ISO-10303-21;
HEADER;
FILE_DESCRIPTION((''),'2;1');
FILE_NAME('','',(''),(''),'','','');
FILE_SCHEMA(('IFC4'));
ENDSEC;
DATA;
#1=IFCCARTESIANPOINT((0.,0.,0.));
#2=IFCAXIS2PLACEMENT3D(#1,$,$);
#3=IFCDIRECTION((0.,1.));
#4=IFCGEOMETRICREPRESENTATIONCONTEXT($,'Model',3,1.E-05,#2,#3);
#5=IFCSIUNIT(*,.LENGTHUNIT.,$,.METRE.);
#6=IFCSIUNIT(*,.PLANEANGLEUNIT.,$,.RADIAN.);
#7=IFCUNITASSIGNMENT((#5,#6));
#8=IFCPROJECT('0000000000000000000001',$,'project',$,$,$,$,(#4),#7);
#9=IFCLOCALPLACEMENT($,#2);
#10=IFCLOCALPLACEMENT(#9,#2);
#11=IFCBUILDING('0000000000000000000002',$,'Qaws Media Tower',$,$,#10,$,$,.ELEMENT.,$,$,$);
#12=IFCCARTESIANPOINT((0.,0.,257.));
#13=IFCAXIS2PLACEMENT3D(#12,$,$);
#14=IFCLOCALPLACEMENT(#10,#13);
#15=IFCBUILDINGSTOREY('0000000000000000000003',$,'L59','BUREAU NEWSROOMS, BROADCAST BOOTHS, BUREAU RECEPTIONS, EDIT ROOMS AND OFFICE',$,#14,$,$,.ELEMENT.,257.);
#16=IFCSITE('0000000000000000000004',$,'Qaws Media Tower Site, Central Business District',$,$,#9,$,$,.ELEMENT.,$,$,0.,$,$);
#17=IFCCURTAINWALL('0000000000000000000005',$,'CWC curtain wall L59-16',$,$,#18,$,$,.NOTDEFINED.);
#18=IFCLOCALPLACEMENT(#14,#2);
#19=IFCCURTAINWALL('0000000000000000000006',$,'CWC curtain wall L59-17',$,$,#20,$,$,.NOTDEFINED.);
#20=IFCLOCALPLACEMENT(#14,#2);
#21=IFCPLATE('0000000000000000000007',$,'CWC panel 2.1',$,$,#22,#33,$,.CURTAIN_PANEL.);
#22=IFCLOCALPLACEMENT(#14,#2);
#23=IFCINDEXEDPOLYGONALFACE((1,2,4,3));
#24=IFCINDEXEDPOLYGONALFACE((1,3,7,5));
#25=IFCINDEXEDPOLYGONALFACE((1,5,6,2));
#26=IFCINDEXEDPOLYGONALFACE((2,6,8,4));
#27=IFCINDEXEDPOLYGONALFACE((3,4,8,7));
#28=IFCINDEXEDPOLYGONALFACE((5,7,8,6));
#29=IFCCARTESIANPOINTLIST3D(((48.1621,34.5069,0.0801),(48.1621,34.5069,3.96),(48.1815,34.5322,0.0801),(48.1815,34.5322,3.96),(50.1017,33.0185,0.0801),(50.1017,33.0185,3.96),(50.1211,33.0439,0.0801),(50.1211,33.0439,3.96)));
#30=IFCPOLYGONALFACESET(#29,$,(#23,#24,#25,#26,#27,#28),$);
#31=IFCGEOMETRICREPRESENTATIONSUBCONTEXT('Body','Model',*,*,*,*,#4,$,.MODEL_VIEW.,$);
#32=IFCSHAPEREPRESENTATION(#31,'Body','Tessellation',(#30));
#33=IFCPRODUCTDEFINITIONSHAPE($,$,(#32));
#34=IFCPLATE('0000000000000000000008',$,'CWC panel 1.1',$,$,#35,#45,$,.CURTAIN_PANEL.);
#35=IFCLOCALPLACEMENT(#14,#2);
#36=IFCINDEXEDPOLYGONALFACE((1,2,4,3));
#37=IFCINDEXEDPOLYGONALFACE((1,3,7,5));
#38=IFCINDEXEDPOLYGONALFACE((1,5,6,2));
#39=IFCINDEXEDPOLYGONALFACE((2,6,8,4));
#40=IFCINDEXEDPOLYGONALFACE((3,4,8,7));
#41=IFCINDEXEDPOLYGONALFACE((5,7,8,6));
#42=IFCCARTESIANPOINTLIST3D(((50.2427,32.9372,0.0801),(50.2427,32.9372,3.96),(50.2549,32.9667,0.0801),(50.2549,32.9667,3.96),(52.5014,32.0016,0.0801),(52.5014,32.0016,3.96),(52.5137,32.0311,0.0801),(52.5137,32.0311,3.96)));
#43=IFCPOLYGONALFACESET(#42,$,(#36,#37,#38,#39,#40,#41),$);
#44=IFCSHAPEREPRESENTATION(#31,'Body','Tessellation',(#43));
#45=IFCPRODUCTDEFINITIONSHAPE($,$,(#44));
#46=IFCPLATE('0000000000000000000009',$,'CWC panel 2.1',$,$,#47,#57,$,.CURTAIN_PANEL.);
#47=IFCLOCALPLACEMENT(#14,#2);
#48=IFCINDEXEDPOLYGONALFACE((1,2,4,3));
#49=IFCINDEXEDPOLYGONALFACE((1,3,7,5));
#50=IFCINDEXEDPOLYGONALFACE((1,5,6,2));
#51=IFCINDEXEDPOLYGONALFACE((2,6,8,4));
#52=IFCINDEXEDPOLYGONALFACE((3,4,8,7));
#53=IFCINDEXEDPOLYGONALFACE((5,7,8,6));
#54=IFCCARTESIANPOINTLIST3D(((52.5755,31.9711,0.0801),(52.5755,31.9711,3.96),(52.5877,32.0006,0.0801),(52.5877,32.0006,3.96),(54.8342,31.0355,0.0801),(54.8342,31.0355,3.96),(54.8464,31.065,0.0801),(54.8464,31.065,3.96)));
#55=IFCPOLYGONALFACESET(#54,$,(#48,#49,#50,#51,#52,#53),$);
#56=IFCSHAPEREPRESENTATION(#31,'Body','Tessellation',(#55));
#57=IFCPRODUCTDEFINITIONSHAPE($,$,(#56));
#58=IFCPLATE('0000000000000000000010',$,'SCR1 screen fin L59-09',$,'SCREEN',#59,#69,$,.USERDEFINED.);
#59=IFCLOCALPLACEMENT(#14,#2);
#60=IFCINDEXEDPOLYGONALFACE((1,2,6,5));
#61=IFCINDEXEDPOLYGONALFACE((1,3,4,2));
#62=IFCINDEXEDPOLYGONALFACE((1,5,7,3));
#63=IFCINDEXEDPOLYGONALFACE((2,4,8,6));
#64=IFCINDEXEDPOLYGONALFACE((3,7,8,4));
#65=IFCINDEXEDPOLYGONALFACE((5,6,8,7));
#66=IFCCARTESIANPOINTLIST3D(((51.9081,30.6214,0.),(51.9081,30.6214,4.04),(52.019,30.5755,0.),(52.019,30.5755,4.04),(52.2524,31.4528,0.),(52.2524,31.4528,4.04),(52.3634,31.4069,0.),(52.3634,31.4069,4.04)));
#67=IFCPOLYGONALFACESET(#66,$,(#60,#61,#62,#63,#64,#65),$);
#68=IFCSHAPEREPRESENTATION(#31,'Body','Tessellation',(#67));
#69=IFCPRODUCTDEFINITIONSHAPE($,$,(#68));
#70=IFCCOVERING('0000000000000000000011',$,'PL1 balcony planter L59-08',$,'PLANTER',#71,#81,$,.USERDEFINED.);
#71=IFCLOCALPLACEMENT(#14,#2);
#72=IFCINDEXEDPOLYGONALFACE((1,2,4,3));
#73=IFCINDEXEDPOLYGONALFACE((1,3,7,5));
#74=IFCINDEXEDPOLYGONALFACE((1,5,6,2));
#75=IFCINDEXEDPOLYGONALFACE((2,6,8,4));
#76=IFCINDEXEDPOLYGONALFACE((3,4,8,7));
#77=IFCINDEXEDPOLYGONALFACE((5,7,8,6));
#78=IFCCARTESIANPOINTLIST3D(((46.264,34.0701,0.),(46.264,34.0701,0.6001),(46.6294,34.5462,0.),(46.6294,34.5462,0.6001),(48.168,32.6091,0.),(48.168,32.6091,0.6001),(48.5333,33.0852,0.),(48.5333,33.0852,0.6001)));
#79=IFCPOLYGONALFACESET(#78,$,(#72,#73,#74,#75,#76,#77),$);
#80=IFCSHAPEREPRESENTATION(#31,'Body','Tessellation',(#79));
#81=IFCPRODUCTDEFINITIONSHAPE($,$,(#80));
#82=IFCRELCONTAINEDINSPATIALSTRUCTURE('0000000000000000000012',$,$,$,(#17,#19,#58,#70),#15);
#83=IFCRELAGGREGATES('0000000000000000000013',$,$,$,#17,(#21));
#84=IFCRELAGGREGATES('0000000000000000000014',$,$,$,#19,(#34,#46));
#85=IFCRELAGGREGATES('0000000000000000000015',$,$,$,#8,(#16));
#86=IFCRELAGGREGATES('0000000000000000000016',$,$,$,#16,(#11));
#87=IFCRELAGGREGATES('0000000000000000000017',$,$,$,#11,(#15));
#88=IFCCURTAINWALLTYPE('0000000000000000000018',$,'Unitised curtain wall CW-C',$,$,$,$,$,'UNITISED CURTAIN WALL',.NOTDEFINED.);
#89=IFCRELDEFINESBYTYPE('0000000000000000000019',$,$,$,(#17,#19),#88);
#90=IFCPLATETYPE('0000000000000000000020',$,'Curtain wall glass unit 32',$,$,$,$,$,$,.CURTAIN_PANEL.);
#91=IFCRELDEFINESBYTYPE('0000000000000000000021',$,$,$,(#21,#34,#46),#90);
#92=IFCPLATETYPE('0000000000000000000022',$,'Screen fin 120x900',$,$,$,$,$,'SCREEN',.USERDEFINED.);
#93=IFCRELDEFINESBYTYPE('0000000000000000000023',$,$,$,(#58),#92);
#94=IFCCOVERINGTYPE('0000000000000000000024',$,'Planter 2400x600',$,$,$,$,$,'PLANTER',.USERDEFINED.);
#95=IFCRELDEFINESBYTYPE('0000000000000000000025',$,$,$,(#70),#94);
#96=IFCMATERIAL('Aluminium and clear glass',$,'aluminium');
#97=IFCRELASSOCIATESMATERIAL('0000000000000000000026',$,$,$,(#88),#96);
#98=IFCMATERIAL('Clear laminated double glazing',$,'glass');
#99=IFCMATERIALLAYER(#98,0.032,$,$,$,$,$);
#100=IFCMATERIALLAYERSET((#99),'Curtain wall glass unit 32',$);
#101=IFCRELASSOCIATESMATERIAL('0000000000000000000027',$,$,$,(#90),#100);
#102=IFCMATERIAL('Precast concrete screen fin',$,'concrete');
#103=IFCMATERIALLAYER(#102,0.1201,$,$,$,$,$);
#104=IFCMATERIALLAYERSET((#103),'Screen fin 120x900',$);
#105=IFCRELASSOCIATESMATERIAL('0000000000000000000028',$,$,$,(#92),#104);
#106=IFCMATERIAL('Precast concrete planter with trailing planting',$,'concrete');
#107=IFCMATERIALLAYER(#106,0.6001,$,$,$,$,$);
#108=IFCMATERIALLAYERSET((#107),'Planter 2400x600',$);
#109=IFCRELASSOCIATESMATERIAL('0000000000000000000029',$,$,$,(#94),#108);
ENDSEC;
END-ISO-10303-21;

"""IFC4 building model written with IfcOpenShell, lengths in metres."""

from ifc_helpers import new_model, si_unit, direction, frame, origin, origin_2d, place, context, subcontext, project, spatial, rectangle, extrude, material, layer, layer_set, type_object, element, aggregate, save


model = new_model("IFC4")

# Units and contexts
model_context = context("Model", 3, precision=1e-05, world=origin(), true_north=direction((0.0, 1.0)))
body_context = subcontext(model_context, "Body", "Model", "MODEL_VIEW")
ifc_project = project(units=[si_unit("LENGTHUNIT", "METRE"), si_unit("PLANEANGLEUNIT", "RADIAN")], contexts=[model_context])

# Site, building, storey
site_placement = place(None, origin())
site = spatial("IfcSite", under=ifc_project, at=site_placement, Name="Qaws Media Tower Site, Central Business District", CompositionType="ELEMENT", RefElevation=0.0)
building_placement = place(site_placement, origin())
building = spatial("IfcBuilding", under=site, at=building_placement, Name="Qaws Media Tower", CompositionType="ELEMENT")
storey_placement = place(building_placement, frame((0.0, 0.0, 257.0)))
storey = spatial("IfcBuildingStorey", under=building, at=storey_placement, Name="L59", Description="BUREAU NEWSROOMS, BROADCAST BOOTHS, BUREAU RECEPTIONS, EDIT ROOMS AND OFFICE", CompositionType="ELEMENT", Elevation=257.0)

# Curtain walls
ifc_material_1 = material(Name="Aluminium and clear glass", Category="aluminium")
curtain_wall_type = type_object("IfcCurtainWallType", Name="Unitised curtain wall CW-C", ElementType="UNITISED CURTAIN WALL", PredefinedType="NOTDEFINED", material=ifc_material_1)
curtain_wall_1_placement = place(storey_placement, origin())
curtain_wall_1 = element("IfcCurtainWall", 1, at=curtain_wall_1_placement, inside=storey, type_object=curtain_wall_type, Name="CWC curtain wall L59-16", PredefinedType="NOTDEFINED")
curtain_wall_2_placement = place(storey_placement, origin())
curtain_wall_2 = element("IfcCurtainWall", 2, at=curtain_wall_2_placement, inside=storey, type_object=curtain_wall_type, Name="CWC curtain wall L59-17", PredefinedType="NOTDEFINED")

# Plates
ifc_material_2 = material(Name="Clear laminated double glazing", Category="glass")
ifc_layer_1 = layer(ifc_material_2, 0.032)
ifc_layer_set_1 = layer_set([ifc_layer_1], Name="Curtain wall glass unit 32")
plate_type_1 = type_object("IfcPlateType", Name="Curtain wall glass unit 32", PredefinedType="CURTAIN_PANEL", material=ifc_layer_set_1)
plate_1_placement = place(storey_placement, frame((49.1416, 33.7754, 0.0801), z_axis=(0.0, 0.0, 1.0), x_axis=(0.793353, -0.608761, 0.0)))
plate_1 = element("IfcPlate", 3, at=plate_1_placement, type_object=plate_type_1, Name="CWC panel 2.1", PredefinedType="CURTAIN_PANEL", context=body_context, shape_type="SweptSolid", body=[
    extrude(rectangle(XDim=2.4448, YDim=0.032, at=origin_2d()), origin(), (0.0, 0.0, 1.0), 3.8799),
])
aggregate(curtain_wall_1, [plate_1])
plate_2_placement = place(storey_placement, frame((51.3782, 32.4841, 0.0801), z_axis=(0.0, 0.0, 1.0), x_axis=(0.92388, -0.382683, 0.0)))
plate_2 = element("IfcPlate", 4, at=plate_2_placement, type_object=plate_type_1, Name="CWC panel 1.1", PredefinedType="CURTAIN_PANEL", context=body_context, shape_type="SweptSolid", body=[
    extrude(rectangle(XDim=2.4448, YDim=0.032, at=origin_2d()), origin(), (0.0, 0.0, 1.0), 3.8799),
])
plate_3_placement = place(storey_placement, frame((53.7109, 31.5181, 0.0801), z_axis=(0.0, 0.0, 1.0), x_axis=(0.92388, -0.382683, 0.0)))
plate_3 = element("IfcPlate", 5, at=plate_3_placement, type_object=plate_type_1, Name="CWC panel 2.1", PredefinedType="CURTAIN_PANEL", context=body_context, shape_type="SweptSolid", body=[
    extrude(rectangle(XDim=2.4448, YDim=0.032, at=origin_2d()), origin(), (0.0, 0.0, 1.0), 3.8799),
])
aggregate(curtain_wall_2, [plate_2, plate_3])
ifc_material_3 = material(Name="Precast concrete screen fin", Category="concrete")
ifc_layer_2 = layer(ifc_material_3, 0.1201)
ifc_layer_set_2 = layer_set([ifc_layer_2], Name="Screen fin 120x900")
plate_type_2 = type_object("IfcPlateType", Name="Screen fin 120x900", ElementType="SCREEN", PredefinedType="USERDEFINED", material=ifc_layer_set_2)
plate_4_placement = place(storey_placement, frame((52.1357, 31.0142, 0.0), z_axis=(0.0, 0.0, 1.0), x_axis=(-0.382683, -0.92388, 0.0)))
element("IfcPlate", 6, at=plate_4_placement, inside=storey, type_object=plate_type_2, Name="SCR1 screen fin L59-09", ObjectType="SCREEN", PredefinedType="USERDEFINED", context=body_context, shape_type="SweptSolid", body=[
    extrude(rectangle(XDim=0.8999, YDim=0.1201, at=origin_2d()), origin(), (0.0, 0.0, 1.0), 4.04),
])

# Covering
ifc_material_4 = material(Name="Precast concrete planter with trailing planting", Category="concrete")
ifc_layer_3 = layer(ifc_material_4, 0.6001)
ifc_layer_set_3 = layer_set([ifc_layer_3], Name="Planter 2400x600")
covering_type = type_object("IfcCoveringType", Name="Planter 2400x600", ElementType="PLANTER", PredefinedType="USERDEFINED", material=ifc_layer_set_3)
covering_placement = place(storey_placement, frame((47.3987, 33.5776, 0.0), z_axis=(0.0, 0.0, 1.0), x_axis=(0.793353, -0.608761, 0.0)))
element("IfcCovering", 7, at=covering_placement, inside=storey, type_object=covering_type, Name="PL1 balcony planter L59-08", ObjectType="PLANTER", PredefinedType="USERDEFINED", context=body_context, shape_type="SweptSolid", body=[
    extrude(rectangle(XDim=2.3999, YDim=0.6001, at=origin_2d()), origin(), (0.0, 0.0, 1.0), 0.6001),
])

save(model, "model.ifc")
